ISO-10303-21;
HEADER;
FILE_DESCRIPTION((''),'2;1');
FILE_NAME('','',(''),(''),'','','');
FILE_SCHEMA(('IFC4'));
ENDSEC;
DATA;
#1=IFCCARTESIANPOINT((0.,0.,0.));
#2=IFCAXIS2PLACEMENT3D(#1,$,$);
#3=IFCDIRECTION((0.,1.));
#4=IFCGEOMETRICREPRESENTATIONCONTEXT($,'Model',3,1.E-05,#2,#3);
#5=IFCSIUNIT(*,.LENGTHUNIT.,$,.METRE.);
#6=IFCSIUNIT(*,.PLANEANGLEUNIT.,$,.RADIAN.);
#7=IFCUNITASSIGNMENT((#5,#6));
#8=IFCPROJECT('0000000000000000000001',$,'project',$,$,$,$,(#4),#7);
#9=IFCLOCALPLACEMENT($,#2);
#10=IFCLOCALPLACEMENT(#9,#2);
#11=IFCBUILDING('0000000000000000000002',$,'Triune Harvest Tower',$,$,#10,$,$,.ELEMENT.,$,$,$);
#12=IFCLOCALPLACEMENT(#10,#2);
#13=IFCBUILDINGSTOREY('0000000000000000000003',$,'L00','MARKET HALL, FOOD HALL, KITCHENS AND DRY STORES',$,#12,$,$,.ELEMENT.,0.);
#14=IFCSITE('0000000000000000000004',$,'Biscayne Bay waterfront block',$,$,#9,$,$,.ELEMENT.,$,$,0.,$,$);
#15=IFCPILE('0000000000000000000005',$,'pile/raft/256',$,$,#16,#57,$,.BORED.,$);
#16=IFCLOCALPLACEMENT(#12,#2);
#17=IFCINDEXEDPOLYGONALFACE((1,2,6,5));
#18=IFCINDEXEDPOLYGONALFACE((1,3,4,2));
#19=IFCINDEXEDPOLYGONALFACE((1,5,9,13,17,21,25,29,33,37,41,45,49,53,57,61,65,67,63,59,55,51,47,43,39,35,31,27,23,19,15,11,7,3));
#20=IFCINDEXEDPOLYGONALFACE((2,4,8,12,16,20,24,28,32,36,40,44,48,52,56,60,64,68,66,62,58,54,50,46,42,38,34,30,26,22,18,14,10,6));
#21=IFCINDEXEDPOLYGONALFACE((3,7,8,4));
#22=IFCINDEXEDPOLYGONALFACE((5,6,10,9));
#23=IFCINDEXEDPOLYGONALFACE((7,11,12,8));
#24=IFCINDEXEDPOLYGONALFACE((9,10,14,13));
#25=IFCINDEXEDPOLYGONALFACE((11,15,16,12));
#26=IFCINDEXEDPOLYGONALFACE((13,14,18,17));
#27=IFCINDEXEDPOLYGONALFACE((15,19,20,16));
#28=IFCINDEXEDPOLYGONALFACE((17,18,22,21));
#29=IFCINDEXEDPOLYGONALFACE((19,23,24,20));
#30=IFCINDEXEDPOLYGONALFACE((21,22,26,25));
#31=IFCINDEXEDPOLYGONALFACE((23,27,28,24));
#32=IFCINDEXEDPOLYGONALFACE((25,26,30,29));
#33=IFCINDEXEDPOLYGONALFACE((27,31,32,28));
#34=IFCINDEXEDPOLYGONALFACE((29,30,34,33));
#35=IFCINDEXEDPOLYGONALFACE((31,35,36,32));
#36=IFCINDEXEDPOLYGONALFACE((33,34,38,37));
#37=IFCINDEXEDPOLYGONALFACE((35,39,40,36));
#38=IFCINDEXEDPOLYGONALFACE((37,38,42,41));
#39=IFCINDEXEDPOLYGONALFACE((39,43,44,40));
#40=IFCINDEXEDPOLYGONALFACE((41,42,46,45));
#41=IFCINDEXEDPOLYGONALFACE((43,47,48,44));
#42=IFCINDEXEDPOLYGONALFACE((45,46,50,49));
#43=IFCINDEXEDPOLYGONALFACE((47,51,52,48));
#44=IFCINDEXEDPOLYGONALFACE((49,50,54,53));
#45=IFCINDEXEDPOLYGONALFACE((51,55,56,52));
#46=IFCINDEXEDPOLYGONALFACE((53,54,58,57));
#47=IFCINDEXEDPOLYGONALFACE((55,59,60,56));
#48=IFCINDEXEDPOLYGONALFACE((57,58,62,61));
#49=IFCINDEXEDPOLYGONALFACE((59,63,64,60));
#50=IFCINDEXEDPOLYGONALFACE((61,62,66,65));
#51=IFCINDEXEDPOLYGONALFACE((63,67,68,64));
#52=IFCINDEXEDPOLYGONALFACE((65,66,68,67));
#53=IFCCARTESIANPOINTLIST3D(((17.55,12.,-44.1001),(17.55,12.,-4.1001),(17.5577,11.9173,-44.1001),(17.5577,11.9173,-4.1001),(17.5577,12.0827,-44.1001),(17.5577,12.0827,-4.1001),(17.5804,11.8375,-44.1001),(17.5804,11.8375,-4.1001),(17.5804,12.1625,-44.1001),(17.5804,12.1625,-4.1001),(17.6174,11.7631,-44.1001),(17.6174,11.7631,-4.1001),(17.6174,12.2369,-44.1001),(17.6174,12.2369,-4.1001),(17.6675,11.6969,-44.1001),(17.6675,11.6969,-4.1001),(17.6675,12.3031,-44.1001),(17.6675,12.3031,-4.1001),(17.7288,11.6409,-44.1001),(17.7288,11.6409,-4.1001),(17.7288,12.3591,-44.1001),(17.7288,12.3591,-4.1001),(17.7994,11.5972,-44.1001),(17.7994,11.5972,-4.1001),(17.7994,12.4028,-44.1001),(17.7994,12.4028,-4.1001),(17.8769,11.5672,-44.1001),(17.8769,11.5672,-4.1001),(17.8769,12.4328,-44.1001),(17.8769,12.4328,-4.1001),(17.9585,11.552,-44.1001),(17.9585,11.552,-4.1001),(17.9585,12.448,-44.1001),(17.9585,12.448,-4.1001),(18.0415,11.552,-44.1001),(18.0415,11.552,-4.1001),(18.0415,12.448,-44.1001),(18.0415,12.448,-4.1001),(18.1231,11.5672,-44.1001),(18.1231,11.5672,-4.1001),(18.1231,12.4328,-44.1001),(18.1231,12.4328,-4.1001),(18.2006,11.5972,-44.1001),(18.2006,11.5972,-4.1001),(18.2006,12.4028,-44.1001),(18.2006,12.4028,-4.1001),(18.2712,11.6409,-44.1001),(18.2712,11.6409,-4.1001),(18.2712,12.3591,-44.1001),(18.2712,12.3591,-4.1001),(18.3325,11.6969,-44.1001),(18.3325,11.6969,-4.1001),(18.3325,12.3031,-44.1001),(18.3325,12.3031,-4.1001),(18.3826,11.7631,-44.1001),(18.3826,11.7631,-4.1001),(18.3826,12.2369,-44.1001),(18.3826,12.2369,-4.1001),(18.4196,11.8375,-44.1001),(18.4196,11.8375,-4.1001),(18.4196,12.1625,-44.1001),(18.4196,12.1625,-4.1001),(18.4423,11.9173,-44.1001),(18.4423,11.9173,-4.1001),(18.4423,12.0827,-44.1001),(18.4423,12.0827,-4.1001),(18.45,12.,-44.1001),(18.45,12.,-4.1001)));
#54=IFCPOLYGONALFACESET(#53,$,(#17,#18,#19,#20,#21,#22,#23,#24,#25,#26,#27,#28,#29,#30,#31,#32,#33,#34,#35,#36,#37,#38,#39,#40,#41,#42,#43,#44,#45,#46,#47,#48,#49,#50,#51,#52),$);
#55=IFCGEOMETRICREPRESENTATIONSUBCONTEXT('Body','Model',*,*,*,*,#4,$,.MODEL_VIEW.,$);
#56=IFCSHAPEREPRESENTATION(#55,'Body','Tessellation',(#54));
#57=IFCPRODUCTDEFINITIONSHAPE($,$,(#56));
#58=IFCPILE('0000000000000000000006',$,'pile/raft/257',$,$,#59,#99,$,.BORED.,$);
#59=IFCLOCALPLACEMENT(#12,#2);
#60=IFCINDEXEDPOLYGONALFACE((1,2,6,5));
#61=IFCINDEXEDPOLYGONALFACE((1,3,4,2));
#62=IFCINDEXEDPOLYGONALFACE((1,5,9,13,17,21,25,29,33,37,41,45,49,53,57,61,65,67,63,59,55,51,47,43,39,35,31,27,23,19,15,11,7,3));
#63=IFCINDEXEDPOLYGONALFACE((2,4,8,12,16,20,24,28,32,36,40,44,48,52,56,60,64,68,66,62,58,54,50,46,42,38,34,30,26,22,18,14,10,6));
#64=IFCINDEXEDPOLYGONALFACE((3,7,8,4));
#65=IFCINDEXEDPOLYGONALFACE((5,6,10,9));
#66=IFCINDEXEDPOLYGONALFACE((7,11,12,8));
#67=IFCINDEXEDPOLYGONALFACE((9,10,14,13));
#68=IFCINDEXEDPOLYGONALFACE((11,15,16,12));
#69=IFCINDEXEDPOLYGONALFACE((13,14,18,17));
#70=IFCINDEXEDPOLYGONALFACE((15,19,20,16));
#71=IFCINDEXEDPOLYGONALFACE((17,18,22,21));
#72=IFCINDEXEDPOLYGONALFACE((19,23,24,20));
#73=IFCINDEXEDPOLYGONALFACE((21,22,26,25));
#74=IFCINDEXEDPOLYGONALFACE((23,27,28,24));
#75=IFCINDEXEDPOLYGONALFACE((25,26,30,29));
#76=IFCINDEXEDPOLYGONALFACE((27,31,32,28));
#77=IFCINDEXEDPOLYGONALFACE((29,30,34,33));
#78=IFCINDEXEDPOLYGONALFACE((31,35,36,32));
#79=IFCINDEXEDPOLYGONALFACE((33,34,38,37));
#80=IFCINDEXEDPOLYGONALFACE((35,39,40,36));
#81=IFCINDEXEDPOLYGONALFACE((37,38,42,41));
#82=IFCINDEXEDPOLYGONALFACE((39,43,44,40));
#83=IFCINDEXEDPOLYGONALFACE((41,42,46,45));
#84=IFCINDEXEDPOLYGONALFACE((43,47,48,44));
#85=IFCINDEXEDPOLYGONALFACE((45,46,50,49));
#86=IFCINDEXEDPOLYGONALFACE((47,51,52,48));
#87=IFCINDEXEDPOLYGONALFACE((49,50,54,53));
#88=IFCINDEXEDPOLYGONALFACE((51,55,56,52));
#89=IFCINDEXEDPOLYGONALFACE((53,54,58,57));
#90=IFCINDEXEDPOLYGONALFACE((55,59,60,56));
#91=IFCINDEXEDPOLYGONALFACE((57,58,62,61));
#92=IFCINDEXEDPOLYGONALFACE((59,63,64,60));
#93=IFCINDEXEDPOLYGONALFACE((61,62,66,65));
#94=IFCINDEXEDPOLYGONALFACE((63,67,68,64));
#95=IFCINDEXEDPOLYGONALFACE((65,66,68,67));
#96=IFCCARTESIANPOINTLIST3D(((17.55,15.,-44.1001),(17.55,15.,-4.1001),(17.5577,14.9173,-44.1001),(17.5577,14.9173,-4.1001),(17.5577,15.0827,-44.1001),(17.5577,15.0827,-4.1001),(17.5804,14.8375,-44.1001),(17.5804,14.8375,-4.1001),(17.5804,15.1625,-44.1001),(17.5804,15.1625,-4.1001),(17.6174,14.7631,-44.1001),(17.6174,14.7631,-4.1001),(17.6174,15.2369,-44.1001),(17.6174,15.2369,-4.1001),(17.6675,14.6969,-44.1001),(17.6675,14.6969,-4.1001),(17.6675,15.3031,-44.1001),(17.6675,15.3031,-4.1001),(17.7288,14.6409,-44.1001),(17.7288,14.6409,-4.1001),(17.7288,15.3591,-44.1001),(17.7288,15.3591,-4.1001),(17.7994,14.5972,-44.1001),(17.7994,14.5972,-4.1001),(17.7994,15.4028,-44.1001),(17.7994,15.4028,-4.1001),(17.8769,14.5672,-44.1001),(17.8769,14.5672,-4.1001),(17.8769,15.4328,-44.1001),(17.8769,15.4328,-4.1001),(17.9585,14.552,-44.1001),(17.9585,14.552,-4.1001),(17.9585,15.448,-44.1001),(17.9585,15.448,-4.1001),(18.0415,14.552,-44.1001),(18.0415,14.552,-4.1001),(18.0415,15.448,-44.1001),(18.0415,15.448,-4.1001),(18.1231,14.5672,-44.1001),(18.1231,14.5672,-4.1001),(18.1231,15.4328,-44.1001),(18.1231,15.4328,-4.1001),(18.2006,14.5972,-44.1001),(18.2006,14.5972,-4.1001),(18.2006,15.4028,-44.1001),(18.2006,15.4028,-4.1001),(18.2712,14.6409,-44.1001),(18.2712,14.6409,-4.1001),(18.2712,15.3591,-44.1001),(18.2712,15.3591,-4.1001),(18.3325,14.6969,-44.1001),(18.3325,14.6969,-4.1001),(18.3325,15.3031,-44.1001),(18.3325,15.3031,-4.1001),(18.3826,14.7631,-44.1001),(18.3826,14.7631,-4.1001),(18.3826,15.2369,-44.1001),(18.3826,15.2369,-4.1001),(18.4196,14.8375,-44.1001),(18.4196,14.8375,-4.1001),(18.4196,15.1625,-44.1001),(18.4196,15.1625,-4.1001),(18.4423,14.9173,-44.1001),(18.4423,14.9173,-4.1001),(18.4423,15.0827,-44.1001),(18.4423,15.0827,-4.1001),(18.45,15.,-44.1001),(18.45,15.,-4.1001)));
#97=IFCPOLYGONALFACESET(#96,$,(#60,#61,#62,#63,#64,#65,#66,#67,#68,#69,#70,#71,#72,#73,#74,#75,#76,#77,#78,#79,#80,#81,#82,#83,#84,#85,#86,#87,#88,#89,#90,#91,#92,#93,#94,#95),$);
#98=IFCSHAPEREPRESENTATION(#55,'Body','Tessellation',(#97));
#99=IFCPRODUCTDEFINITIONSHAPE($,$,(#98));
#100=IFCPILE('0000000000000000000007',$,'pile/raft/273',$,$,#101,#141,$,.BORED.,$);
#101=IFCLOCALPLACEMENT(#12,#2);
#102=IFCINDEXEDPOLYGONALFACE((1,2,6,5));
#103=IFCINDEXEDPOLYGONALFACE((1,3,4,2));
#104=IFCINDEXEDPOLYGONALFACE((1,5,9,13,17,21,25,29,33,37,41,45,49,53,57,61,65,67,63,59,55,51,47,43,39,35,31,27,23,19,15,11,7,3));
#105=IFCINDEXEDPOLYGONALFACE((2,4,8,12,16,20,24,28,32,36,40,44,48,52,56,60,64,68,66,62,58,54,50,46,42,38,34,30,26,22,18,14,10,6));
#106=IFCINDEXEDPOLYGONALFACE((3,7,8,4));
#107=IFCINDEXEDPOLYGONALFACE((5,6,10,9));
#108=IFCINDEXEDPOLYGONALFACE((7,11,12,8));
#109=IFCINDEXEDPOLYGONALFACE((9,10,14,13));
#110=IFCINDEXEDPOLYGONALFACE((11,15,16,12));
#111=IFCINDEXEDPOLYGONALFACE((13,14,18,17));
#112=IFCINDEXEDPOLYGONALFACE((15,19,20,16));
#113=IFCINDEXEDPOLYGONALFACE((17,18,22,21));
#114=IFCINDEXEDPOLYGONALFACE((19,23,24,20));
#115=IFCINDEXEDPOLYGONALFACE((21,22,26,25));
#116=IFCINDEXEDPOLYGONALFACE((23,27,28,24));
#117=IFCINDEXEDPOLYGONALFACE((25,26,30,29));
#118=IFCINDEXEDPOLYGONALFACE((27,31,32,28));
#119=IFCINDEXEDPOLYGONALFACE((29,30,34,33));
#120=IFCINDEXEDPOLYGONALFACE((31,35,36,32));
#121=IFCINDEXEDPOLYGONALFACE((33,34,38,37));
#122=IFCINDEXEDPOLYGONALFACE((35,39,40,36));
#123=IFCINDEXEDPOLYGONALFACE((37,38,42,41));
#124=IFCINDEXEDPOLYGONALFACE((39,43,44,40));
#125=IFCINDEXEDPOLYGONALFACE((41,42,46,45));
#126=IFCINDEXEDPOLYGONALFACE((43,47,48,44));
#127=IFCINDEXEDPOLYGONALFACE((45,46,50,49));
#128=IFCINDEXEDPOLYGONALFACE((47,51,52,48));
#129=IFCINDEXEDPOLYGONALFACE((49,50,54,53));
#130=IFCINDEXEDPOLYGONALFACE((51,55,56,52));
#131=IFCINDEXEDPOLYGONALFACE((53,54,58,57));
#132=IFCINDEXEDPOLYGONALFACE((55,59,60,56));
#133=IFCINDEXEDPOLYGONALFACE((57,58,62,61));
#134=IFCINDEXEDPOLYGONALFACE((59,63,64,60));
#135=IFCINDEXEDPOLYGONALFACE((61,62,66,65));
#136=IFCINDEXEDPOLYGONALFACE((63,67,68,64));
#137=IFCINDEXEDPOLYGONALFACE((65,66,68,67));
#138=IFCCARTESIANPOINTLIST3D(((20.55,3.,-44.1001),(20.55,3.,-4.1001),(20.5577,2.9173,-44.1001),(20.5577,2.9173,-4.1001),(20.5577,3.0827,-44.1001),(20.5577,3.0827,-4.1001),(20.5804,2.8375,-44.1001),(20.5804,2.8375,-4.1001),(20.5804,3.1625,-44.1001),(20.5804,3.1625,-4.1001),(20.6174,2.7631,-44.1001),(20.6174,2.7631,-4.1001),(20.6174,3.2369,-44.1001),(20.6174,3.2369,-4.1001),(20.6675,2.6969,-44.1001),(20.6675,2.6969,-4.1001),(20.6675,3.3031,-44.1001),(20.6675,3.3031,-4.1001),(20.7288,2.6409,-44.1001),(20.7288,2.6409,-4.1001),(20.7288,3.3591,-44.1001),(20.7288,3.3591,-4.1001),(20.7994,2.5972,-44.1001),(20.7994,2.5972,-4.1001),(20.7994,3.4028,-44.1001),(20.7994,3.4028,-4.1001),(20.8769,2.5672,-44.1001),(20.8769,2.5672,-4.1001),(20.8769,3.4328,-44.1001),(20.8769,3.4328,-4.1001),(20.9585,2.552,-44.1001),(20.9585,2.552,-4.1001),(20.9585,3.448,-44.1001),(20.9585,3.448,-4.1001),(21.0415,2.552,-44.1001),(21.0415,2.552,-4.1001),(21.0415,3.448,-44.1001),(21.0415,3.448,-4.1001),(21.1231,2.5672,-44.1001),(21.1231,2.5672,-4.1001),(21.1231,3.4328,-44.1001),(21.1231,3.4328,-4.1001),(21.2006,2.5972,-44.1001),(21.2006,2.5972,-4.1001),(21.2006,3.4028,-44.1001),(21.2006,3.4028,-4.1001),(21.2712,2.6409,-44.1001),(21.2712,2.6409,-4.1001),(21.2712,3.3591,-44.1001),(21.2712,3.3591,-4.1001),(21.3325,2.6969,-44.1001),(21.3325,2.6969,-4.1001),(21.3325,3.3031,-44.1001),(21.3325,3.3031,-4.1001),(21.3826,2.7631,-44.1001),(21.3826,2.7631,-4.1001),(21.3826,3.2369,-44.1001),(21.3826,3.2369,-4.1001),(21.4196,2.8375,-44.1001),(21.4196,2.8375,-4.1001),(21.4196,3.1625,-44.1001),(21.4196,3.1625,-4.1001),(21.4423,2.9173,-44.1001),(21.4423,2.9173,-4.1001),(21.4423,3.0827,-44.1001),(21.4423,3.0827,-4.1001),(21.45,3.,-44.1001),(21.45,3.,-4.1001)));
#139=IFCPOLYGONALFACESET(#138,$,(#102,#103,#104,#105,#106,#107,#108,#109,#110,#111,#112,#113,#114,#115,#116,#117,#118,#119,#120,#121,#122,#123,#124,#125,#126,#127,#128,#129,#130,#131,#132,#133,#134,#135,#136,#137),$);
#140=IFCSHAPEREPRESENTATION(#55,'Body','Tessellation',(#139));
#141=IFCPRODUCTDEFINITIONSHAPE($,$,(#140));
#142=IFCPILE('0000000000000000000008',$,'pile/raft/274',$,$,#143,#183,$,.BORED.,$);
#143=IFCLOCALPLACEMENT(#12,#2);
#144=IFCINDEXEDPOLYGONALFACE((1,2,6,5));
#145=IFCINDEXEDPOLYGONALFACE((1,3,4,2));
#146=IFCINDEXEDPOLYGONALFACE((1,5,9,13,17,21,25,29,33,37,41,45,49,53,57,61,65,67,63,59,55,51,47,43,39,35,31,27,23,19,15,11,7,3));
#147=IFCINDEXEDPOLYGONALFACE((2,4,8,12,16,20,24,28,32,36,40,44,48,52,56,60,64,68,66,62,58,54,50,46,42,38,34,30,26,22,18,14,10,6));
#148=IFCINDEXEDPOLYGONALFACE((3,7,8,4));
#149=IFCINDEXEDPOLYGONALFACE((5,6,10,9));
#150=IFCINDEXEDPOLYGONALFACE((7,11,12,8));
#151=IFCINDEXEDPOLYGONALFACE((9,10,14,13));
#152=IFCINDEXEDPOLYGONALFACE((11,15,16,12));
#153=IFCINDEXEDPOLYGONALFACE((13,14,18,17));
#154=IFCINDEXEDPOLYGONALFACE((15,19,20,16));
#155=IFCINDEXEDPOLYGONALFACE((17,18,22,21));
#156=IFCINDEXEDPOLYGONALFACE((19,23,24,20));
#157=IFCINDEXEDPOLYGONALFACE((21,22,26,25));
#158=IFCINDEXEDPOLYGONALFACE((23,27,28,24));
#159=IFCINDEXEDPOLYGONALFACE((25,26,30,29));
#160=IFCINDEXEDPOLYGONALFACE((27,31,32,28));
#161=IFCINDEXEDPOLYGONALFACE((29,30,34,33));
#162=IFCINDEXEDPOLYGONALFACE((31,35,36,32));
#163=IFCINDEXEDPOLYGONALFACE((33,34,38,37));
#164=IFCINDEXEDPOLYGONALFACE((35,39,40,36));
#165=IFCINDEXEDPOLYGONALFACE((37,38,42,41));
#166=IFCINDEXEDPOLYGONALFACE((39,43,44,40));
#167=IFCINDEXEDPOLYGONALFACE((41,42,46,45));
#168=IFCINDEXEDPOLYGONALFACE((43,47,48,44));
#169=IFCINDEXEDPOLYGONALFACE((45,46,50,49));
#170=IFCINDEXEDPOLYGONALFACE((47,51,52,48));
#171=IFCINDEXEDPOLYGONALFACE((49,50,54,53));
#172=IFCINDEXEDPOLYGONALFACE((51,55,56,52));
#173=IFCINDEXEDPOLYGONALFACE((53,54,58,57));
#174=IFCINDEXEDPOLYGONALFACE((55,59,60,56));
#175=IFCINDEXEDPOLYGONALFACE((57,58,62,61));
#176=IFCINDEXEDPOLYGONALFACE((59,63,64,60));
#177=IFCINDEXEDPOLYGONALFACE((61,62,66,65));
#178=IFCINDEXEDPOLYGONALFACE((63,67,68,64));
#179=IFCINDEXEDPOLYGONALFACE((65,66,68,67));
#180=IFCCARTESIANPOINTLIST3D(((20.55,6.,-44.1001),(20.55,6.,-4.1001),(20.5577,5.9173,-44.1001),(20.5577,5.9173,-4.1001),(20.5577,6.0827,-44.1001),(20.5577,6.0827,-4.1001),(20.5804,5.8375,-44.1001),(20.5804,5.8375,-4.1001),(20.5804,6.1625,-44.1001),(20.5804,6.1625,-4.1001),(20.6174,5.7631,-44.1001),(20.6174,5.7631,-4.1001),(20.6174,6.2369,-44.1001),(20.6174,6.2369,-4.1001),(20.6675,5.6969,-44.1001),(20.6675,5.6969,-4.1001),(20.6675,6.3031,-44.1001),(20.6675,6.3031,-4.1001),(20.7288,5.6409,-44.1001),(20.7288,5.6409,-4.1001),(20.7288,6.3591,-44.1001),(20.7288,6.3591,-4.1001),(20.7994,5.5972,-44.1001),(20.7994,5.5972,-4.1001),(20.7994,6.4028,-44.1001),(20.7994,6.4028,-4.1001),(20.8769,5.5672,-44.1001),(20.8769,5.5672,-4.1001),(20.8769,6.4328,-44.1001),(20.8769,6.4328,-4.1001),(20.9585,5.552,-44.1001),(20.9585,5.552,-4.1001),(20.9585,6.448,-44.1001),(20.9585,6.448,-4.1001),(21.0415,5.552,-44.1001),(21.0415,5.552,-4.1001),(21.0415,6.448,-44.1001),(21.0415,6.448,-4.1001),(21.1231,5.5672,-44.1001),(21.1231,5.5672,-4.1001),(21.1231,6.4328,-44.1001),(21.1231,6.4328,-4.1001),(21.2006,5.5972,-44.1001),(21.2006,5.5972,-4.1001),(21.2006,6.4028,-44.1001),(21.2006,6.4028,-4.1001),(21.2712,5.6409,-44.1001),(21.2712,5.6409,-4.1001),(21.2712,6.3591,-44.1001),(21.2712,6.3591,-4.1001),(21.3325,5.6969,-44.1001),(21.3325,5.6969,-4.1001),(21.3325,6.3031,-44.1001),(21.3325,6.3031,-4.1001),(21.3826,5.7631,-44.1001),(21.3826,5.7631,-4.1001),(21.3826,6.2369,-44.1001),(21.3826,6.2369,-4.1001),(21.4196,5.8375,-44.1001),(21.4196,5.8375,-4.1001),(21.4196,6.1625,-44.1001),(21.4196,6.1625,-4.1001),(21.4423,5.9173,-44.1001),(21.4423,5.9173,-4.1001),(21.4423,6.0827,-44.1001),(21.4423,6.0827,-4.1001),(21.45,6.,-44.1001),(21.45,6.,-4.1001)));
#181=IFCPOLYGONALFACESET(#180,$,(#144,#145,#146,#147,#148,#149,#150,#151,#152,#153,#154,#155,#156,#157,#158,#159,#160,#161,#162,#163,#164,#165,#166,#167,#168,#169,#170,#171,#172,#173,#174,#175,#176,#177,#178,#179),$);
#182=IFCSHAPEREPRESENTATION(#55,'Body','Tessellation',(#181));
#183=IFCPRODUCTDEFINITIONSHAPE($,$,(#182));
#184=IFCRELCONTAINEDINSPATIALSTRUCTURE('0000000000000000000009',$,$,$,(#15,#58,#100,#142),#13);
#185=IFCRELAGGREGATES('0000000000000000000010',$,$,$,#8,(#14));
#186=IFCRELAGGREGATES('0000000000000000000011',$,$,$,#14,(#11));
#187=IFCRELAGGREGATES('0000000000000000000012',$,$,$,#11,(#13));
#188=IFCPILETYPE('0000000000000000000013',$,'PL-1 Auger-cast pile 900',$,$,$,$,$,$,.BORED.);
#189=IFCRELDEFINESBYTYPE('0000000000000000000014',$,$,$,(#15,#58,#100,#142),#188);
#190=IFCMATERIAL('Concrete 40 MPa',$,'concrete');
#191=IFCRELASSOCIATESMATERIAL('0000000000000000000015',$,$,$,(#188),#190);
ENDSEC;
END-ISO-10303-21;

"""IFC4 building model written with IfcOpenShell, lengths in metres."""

from ifc_helpers import new_model, si_unit, direction, frame, origin, origin_2d, place, context, subcontext, project, spatial, circle, extrude, source, transform, mapped, material, material_profile, profile_set, type_object, element, save


model = new_model("IFC4")

# Units and contexts
model_context = context("Model", 3, precision=1e-05, world=origin(), true_north=direction((0.0, 1.0)))
body_context = subcontext(model_context, "Body", "Model", "MODEL_VIEW")
ifc_project = project(units=[si_unit("LENGTHUNIT", "METRE"), si_unit("PLANEANGLEUNIT", "RADIAN")], contexts=[model_context])

# Site, building, storey
site_placement = place(None, origin())
site = spatial("IfcSite", under=ifc_project, at=site_placement, Name="Biscayne Bay waterfront block", CompositionType="ELEMENT", RefElevation=0.0)
building_placement = place(site_placement, origin())
building = spatial("IfcBuilding", under=site, at=building_placement, Name="Triune Harvest Tower", CompositionType="ELEMENT")
storey_placement = place(building_placement, origin())
storey = spatial("IfcBuildingStorey", under=building, at=storey_placement, Name="L00", Description="MARKET HALL, FOOD HALL, KITCHENS AND DRY STORES", CompositionType="ELEMENT", Elevation=0.0)

# Piles
ifc_material_1 = material(Name="Concrete 40 MPa", Category="concrete")
ifc_material_profile_1 = material_profile(ifc_material_1, circle(Radius=0.45, at=origin_2d()), Name="Bored 900")
ifc_profile_set_1 = profile_set([ifc_material_profile_1], Name="Concrete 40 MPa")
pile_type = type_object("IfcPileType", Name="PL-1 Auger-cast pile 900", PredefinedType="BORED", material=ifc_profile_set_1)
shared_shape_1 = source(origin(), body_context, "Body", "SweptSolid", [
    extrude(circle(Radius=0.45, at=origin_2d()), origin(), (0.0, 0.0, 1.0), 40.0),
])
for number, where, z_axis, x_axis, name in (
    (1, (18.0, 12.0, -4.1001), (0.0, 0.0, -1.0), (1.0, 0.0, 0.0), "pile/raft/256"),
    (2, (18.0, 15.0, -4.1001), (0.0, 0.0, -1.0), (1.0, 0.0, 0.0), "pile/raft/257"),
    (3, (21.0, 3.0, -4.1001), (0.0, 0.0, -1.0), (1.0, 0.0, 0.0), "pile/raft/273"),
    (4, (21.0, 6.0, -4.1001), (0.0, 0.0, -1.0), (1.0, 0.0, 0.0), "pile/raft/274"),
):
    element("IfcPile", number, at=place(storey_placement, frame(where, z_axis=z_axis, x_axis=x_axis)), inside=storey, type_object=pile_type, Name=name, PredefinedType="BORED", context=body_context, shape_type="MappedRepresentation", body=[
        mapped(shared_shape_1, transform((0.0, 0.0, 0.0), scale=1.0)),
    ])

save(model, "model.ifc")
